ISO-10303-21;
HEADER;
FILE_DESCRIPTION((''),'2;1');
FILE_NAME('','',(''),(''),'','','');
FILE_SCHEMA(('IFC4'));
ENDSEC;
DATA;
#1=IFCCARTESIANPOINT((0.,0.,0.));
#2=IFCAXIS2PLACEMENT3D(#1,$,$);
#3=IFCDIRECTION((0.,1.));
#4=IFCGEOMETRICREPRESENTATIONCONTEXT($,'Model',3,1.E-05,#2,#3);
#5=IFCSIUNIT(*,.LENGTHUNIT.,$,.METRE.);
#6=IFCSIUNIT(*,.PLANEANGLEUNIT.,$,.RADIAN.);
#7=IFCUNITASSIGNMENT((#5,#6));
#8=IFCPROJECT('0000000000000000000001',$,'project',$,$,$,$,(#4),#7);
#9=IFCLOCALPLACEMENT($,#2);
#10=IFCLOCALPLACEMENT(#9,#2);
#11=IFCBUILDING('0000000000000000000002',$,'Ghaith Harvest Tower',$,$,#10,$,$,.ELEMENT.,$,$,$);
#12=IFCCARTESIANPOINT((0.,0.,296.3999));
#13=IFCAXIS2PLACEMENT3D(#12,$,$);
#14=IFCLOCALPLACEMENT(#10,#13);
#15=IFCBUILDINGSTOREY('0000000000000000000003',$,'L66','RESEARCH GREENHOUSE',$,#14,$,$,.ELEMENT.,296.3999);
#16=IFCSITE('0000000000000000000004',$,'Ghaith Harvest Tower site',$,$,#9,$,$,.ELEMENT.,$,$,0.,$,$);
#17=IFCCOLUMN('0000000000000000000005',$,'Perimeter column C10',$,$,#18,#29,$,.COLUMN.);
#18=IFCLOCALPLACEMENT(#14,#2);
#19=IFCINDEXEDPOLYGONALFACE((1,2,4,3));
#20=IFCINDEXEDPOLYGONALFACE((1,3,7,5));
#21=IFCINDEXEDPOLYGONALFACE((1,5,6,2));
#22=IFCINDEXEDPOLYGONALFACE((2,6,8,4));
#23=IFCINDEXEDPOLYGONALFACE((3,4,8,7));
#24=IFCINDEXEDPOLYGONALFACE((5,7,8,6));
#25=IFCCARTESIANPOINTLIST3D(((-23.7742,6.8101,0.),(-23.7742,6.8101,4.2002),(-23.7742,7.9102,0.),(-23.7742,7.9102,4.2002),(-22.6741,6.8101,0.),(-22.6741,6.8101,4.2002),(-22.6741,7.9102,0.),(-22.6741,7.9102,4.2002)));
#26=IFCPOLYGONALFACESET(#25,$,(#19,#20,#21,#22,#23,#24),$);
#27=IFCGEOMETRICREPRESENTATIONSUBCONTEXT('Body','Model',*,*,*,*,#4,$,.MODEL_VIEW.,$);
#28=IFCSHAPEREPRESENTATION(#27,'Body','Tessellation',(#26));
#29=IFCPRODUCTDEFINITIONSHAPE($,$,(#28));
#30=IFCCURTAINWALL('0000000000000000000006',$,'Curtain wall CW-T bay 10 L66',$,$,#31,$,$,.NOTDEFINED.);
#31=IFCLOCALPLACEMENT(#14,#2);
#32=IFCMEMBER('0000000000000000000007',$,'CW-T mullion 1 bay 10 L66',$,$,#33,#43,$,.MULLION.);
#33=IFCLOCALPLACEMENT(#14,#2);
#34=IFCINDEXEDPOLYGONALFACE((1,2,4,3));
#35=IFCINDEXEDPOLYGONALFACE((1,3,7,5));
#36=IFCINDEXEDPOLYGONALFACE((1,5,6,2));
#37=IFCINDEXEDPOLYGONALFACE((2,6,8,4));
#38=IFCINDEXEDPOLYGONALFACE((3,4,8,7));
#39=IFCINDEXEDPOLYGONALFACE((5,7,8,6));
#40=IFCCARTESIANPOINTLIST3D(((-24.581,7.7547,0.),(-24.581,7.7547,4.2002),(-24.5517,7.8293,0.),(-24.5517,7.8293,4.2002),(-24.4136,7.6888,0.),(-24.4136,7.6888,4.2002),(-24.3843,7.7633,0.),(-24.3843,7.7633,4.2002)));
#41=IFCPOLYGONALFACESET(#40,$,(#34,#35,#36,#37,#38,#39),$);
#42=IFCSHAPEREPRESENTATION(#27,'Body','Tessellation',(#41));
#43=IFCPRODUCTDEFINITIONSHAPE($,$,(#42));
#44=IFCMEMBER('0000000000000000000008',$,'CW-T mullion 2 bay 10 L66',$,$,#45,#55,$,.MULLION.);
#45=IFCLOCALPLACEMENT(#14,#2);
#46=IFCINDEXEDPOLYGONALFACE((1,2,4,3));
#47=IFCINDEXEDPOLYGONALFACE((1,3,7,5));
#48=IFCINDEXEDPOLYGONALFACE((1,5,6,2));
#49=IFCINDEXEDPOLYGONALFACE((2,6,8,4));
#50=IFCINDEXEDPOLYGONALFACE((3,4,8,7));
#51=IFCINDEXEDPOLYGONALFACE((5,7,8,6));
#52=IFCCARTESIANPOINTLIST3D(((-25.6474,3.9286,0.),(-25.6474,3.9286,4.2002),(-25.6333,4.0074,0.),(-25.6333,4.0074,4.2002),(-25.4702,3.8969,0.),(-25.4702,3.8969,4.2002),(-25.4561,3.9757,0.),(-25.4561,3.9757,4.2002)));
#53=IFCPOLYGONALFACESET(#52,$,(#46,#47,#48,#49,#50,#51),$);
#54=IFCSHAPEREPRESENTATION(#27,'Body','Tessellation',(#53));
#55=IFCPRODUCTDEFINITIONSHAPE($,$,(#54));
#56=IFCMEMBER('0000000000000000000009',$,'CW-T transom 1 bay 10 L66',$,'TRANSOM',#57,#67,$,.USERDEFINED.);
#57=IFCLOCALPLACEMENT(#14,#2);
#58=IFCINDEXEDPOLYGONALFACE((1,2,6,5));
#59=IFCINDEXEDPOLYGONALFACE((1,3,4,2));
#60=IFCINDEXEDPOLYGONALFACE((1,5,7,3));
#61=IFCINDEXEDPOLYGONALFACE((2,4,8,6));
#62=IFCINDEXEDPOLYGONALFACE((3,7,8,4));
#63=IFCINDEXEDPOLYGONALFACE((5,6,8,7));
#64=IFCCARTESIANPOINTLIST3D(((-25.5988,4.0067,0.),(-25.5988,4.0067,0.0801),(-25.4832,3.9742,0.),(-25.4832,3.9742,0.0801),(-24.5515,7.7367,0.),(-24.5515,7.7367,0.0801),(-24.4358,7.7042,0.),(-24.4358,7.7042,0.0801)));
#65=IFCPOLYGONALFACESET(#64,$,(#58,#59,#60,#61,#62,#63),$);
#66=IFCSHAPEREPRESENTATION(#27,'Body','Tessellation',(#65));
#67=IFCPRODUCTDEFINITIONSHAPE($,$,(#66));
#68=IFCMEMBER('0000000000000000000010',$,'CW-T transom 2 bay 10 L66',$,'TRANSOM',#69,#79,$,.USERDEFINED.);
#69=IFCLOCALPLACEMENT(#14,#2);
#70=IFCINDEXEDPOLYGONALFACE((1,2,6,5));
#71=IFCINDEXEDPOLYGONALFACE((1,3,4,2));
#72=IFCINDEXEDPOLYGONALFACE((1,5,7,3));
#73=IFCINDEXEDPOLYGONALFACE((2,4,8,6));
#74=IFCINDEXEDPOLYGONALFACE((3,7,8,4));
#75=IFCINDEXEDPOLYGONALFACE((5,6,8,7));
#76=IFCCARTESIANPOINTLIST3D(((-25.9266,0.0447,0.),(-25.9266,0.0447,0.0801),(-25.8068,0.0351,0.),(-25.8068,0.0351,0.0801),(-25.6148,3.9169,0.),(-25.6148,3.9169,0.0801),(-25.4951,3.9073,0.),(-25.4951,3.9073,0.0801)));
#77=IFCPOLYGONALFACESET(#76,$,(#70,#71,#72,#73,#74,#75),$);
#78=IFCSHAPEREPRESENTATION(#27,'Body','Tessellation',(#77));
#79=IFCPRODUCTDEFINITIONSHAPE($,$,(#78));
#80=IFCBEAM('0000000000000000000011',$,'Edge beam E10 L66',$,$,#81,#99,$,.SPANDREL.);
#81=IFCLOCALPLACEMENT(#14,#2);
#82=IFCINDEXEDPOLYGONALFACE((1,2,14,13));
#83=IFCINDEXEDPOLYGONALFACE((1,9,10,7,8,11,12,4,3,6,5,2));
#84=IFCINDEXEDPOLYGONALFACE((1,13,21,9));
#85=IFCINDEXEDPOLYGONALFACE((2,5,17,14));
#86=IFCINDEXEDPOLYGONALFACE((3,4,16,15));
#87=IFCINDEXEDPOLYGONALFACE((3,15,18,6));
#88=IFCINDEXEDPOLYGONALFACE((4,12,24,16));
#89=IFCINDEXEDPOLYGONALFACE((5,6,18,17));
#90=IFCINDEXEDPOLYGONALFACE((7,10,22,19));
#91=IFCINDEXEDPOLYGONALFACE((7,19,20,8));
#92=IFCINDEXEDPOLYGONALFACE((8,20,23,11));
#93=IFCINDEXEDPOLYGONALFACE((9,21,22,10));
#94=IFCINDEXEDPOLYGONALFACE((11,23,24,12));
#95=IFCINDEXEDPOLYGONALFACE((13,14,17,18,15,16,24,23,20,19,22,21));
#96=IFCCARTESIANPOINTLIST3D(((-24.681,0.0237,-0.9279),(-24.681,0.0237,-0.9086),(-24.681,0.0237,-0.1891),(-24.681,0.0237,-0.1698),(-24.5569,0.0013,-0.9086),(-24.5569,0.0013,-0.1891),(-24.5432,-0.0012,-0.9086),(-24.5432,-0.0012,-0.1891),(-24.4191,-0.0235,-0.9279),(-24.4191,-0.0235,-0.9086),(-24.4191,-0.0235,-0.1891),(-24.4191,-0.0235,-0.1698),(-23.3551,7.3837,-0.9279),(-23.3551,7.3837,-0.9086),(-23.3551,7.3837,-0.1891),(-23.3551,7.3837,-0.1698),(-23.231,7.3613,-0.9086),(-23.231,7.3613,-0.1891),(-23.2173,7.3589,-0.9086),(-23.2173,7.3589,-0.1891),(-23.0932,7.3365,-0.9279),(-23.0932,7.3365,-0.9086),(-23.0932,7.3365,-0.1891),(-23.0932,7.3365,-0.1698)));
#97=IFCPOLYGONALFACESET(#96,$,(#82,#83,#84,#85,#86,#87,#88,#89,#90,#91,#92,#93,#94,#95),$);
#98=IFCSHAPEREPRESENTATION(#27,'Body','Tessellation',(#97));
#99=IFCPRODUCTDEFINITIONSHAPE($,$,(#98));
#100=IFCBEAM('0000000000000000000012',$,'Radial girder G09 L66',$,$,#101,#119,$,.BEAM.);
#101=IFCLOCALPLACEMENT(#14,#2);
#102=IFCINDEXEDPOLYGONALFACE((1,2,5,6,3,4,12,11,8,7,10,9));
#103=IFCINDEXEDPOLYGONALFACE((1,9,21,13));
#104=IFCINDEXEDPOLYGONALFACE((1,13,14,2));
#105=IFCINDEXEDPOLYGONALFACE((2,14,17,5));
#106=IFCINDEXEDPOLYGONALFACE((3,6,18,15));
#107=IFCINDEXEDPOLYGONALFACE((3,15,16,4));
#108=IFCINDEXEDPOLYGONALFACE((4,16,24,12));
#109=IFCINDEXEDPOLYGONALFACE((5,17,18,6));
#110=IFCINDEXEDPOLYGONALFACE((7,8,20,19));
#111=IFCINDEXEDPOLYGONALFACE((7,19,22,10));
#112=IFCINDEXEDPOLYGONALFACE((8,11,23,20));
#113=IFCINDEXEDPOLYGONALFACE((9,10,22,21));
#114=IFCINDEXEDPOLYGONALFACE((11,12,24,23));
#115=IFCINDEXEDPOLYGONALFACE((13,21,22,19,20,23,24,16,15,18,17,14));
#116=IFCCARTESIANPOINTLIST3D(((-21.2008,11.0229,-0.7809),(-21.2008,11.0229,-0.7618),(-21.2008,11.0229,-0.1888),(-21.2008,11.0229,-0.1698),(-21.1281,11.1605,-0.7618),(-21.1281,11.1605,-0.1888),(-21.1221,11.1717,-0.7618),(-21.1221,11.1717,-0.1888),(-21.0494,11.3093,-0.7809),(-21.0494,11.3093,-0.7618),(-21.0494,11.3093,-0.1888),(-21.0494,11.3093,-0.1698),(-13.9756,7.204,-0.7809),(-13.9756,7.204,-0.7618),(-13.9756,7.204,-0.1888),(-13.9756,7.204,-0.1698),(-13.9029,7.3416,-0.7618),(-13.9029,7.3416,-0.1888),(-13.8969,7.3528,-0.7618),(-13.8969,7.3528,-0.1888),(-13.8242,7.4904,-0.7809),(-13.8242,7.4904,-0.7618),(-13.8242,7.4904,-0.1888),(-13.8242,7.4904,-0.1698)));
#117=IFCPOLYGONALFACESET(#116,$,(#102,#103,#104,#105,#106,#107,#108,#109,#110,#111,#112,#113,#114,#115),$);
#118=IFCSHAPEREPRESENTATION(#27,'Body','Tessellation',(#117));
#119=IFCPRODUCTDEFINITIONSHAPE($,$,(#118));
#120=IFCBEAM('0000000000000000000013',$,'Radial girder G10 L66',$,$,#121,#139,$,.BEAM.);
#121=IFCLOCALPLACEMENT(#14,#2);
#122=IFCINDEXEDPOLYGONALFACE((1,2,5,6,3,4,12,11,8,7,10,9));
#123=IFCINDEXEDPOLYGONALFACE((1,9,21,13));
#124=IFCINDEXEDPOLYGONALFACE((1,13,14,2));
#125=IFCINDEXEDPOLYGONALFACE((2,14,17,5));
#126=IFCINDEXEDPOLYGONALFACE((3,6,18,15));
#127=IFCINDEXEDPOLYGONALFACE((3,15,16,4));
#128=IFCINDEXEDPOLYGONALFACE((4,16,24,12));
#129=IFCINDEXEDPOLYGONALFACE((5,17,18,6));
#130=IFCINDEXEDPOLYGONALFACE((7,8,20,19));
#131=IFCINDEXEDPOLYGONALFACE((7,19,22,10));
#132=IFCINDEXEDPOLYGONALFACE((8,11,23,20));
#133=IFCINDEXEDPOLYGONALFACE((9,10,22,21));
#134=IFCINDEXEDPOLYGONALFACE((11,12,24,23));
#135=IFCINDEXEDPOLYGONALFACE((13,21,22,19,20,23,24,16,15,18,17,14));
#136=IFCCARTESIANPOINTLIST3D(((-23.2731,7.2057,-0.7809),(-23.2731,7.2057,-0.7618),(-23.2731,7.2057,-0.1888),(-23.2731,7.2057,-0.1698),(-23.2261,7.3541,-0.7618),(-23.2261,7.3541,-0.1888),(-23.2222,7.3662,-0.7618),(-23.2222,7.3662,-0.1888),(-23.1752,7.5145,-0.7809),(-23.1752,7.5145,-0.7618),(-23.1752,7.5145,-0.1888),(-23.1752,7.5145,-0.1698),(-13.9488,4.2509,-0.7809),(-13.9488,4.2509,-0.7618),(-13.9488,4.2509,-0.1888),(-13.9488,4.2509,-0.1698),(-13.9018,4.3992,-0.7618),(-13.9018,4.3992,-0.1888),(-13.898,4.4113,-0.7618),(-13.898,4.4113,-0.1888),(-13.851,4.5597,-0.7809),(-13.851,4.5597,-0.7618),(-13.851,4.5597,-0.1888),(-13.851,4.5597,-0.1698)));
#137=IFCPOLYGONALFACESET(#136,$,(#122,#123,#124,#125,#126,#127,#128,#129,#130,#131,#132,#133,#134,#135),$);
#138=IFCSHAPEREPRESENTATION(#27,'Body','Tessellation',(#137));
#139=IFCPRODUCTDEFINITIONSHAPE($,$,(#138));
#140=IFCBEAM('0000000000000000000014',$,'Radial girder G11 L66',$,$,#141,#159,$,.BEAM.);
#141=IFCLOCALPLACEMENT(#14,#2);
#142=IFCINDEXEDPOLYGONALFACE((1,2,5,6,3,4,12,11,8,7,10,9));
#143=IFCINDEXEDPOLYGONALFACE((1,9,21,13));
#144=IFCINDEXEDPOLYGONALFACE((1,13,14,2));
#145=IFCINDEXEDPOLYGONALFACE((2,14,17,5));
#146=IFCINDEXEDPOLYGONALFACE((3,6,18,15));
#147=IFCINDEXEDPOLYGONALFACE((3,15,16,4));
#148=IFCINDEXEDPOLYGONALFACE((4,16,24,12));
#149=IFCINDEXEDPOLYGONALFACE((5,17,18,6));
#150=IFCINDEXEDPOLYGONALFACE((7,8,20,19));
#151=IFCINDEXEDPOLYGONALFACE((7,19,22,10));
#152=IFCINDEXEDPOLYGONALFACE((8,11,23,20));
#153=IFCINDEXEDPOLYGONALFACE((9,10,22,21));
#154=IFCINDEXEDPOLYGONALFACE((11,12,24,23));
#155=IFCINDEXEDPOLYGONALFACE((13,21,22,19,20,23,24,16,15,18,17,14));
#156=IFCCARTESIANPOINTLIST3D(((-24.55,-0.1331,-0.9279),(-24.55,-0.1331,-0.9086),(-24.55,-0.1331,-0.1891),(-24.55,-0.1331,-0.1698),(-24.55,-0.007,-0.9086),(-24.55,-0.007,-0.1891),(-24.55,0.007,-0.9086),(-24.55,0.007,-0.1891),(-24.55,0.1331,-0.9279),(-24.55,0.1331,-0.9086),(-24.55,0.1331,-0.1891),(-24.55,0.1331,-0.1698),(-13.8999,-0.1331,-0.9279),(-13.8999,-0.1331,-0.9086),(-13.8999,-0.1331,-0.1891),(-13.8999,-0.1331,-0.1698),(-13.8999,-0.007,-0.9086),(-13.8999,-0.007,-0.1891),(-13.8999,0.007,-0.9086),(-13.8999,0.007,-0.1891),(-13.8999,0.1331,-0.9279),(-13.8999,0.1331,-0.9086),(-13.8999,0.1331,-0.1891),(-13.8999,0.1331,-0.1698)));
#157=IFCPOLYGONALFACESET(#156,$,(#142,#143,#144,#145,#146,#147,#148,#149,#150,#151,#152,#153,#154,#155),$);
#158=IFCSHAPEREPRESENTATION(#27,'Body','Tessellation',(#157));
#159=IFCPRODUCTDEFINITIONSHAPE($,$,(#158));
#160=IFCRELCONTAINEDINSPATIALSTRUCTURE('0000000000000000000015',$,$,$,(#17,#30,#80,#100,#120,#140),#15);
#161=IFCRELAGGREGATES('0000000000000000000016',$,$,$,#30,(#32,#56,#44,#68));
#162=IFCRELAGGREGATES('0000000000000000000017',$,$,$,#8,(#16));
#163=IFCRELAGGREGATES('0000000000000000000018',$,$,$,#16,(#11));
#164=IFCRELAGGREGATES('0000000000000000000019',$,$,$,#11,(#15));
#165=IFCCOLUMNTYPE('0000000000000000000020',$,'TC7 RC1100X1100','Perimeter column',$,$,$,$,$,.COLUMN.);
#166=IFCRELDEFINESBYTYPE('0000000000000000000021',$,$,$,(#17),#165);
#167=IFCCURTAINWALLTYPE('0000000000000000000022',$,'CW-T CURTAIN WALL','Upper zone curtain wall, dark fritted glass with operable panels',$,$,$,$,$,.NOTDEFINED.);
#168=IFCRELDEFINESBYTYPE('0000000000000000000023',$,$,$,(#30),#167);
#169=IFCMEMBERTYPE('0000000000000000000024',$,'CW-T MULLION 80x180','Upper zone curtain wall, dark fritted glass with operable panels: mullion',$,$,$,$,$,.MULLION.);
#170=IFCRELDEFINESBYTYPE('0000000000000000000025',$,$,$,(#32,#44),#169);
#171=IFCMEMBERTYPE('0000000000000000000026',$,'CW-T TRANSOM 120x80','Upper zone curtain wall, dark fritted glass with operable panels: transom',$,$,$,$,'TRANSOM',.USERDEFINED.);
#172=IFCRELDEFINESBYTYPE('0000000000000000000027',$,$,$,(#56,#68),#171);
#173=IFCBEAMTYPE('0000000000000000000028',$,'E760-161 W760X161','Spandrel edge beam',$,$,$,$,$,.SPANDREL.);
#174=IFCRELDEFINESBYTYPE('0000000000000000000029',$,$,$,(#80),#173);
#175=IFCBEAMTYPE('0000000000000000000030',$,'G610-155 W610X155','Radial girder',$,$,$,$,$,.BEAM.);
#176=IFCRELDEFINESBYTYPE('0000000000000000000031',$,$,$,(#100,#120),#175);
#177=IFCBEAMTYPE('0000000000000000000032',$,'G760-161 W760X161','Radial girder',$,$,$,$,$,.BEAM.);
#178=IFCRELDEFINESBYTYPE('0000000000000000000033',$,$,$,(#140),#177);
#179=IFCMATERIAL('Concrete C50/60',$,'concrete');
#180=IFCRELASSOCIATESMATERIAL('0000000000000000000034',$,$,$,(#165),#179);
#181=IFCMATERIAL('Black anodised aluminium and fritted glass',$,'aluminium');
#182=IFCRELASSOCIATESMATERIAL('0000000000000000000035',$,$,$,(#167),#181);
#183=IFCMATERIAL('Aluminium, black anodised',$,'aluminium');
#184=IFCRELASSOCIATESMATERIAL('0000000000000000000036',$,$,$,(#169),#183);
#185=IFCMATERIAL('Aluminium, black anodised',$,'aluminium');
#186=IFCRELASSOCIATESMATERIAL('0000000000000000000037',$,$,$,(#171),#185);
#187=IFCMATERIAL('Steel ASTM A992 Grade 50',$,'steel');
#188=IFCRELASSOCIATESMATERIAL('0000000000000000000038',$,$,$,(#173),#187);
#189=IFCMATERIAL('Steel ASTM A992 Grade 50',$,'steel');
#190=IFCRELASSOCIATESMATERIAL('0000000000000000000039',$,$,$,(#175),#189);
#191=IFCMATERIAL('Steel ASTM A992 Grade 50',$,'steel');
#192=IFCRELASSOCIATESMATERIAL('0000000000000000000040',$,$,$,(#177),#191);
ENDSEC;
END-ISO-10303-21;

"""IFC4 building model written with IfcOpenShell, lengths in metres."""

from ifc_helpers import new_model, si_unit, direction, frame, origin, origin_2d, place, context, subcontext, project, spatial, rectangle, i_section, extrude, material, material_profile, profile_set, type_object, element, aggregate, save


model = new_model("IFC4")

# Units and contexts
model_context = context("Model", 3, precision=1e-05, world=origin(), true_north=direction((0.0, 1.0)))
body_context = subcontext(model_context, "Body", "Model", "MODEL_VIEW")
ifc_project = project(units=[si_unit("LENGTHUNIT", "METRE"), si_unit("PLANEANGLEUNIT", "RADIAN")], contexts=[model_context])

# Site, building, storey
site_placement = place(None, origin())
site = spatial("IfcSite", under=ifc_project, at=site_placement, Name="Ghaith Harvest Tower site", CompositionType="ELEMENT", RefElevation=0.0)
building_placement = place(site_placement, origin())
building = spatial("IfcBuilding", under=site, at=building_placement, Name="Ghaith Harvest Tower", CompositionType="ELEMENT")
storey_placement = place(building_placement, frame((0.0, 0.0, 296.3999)))
storey = spatial("IfcBuildingStorey", under=building, at=storey_placement, Name="L66", Description="RESEARCH GREENHOUSE", CompositionType="ELEMENT", Elevation=296.3999)

# Column
ifc_material_1 = material(Name="Concrete C50/60", Category="concrete")
ifc_material_profile_1 = material_profile(ifc_material_1, rectangle(XDim=1.1001, YDim=1.1001, at=origin_2d()), Name="RC1100X1100")
ifc_profile_set_1 = profile_set([ifc_material_profile_1], Name="Concrete C50/60")
column_type = type_object("IfcColumnType", Name="TC7 RC1100X1100", Description="Perimeter column", PredefinedType="COLUMN", material=ifc_profile_set_1)
column_placement = place(storey_placement, frame((-23.2241, 7.3601, 0.0), z_axis=(0.0, 0.0, 1.0), x_axis=(1.0, 0.0, 0.0)))
element("IfcColumn", 1, at=column_placement, inside=storey, type_object=column_type, Name="Perimeter column C10", PredefinedType="COLUMN", context=body_context, shape_type="SweptSolid", body=[
    extrude(rectangle(XDim=1.1001, YDim=1.1001, at=origin_2d()), origin(), (0.0, 0.0, 1.0), 4.2002),
])

# Curtain wall, members
ifc_material_2 = material(Name="Black anodised aluminium and fritted glass", Category="aluminium")
curtain_wall_type = type_object("IfcCurtainWallType", Name="CW-T CURTAIN WALL", Description="Upper zone curtain wall, dark fritted glass with operable panels", PredefinedType="NOTDEFINED", material=ifc_material_2)
curtain_wall_placement = place(storey_placement, origin())
curtain_wall = element("IfcCurtainWall", 2, at=curtain_wall_placement, inside=storey, type_object=curtain_wall_type, Name="Curtain wall CW-T bay 10 L66", PredefinedType="NOTDEFINED")
ifc_material_3 = material(Name="Aluminium, black anodised", Category="aluminium")
ifc_material_profile_2 = material_profile(ifc_material_3, rectangle(XDim=0.0801, YDim=0.1799, at=origin_2d()), Name="CW-T MULLION 80x180")
ifc_profile_set_2 = profile_set([ifc_material_profile_2], Name="Aluminium, black anodised")
member_type_1 = type_object("IfcMemberType", Name="CW-T MULLION 80x180", Description="Upper zone curtain wall, dark fritted glass with operable panels: mullion", PredefinedType="MULLION", material=ifc_profile_set_2)
member_1_placement = place(storey_placement, frame((-24.4827, 7.759, 0.0), z_axis=(0.0, 0.0, 1.0), x_axis=(-0.366473, -0.930429, 0.0)))
member_1 = element("IfcMember", 3, at=member_1_placement, type_object=member_type_1, Name="CW-T mullion 1 bay 10 L66", PredefinedType="MULLION", context=body_context, shape_type="SweptSolid", body=[
    extrude(rectangle(XDim=0.0801, YDim=0.1799, at=origin_2d()), origin(), (0.0, 0.0, 1.0), 4.2002),
])
member_2_placement = place(storey_placement, frame((-25.5518, 3.9521, 0.0), z_axis=(0.0, 0.0, 1.0), x_axis=(-0.176001, -0.98439, 0.0)))
member_2 = element("IfcMember", 4, at=member_2_placement, type_object=member_type_1, Name="CW-T mullion 2 bay 10 L66", PredefinedType="MULLION", context=body_context, shape_type="SweptSolid", body=[
    extrude(rectangle(XDim=0.0801, YDim=0.1799, at=origin_2d()), origin(), (0.0, 0.0, 1.0), 4.2002),
])
ifc_material_4 = material(Name="Aluminium, black anodised", Category="aluminium")
ifc_material_profile_3 = material_profile(ifc_material_4, rectangle(XDim=0.1201, YDim=0.0801, at=origin_2d()), Name="CW-T TRANSOM 120x80")
ifc_profile_set_3 = profile_set([ifc_material_profile_3], Name="Aluminium, black anodised")
member_type_2 = type_object("IfcMemberType", Name="CW-T TRANSOM 120x80", Description="Upper zone curtain wall, dark fritted glass with operable panels: transom", ElementType="TRANSOM", PredefinedType="USERDEFINED", material=ifc_profile_set_3)
member_3_placement = place(storey_placement, frame((-24.4937, 7.7205, 0.04), z_axis=(-0.27034, -0.962765, 0.0), x_axis=(0.962765, -0.27034, 0.0)))
member_3 = element("IfcMember", 5, at=member_3_placement, type_object=member_type_2, Name="CW-T transom 1 bay 10 L66", ObjectType="TRANSOM", PredefinedType="USERDEFINED", context=body_context, shape_type="SweptSolid", body=[
    extrude(rectangle(XDim=0.1201, YDim=0.0801, at=origin_2d()), origin(), (0.0, 0.0, 1.0), 3.8743),
])
member_4_placement = place(storey_placement, frame((-25.5549, 3.9121, 0.04), z_axis=(-0.080252, -0.996775, 0.0), x_axis=(0.996775, -0.080252, 0.0)))
member_4 = element("IfcMember", 6, at=member_4_placement, type_object=member_type_2, Name="CW-T transom 2 bay 10 L66", ObjectType="TRANSOM", PredefinedType="USERDEFINED", context=body_context, shape_type="SweptSolid", body=[
    extrude(rectangle(XDim=0.1201, YDim=0.0801, at=origin_2d()), origin(), (0.0, 0.0, 1.0), 3.8848),
])

# Beams
ifc_material_5 = material(Name="Steel ASTM A992 Grade 50", Category="steel")
ifc_material_profile_4 = material_profile(ifc_material_5, i_section(OverallWidth=0.2661, OverallDepth=0.7581, WebThickness=0.0139, FlangeThickness=0.0193, at=origin_2d()), Name="W760X161")
ifc_profile_set_4 = profile_set([ifc_material_profile_4], Name="Steel ASTM A992 Grade 50")
beam_type_1 = type_object("IfcBeamType", Name="E760-161 W760X161", Description="Spandrel edge beam", PredefinedType="SPANDREL", material=ifc_profile_set_4)
beam_1_placement = place(storey_placement, frame((-23.2241, 7.3601, -0.5488), z_axis=(-0.177297, -0.984157, 0.0), x_axis=(0.984157, -0.177297, 0.0)))
element("IfcBeam", 7, at=beam_1_placement, inside=storey, type_object=beam_type_1, Name="Edge beam E10 L66", PredefinedType="SPANDREL", context=body_context, shape_type="SweptSolid", body=[
    extrude(i_section(OverallWidth=0.2661, OverallDepth=0.7581, WebThickness=0.0139, FlangeThickness=0.0193, at=origin_2d()), origin(), (0.0, 0.0, 1.0), 7.4785),
])
ifc_material_6 = material(Name="Steel ASTM A992 Grade 50", Category="steel")
ifc_material_profile_5 = material_profile(ifc_material_6, i_section(OverallWidth=0.324, OverallDepth=0.6111, WebThickness=0.0127, FlangeThickness=0.019, at=origin_2d()), Name="W610X155")
ifc_profile_set_5 = profile_set([ifc_material_profile_5], Name="Steel ASTM A992 Grade 50")
beam_type_2 = type_object("IfcBeamType", Name="G610-155 W610X155", Description="Radial girder", PredefinedType="BEAM", material=ifc_profile_set_5)
beam_2_placement = place(storey_placement, frame((-13.8999, 7.3472, -0.4753), z_axis=(-0.884102, 0.467295, 0.0), x_axis=(-0.467295, -0.884102, 0.0)))
element("IfcBeam", 8, at=beam_2_placement, inside=storey, type_object=beam_type_2, Name="Radial girder G09 L66", PredefinedType="BEAM", context=body_context, shape_type="SweptSolid", body=[
    extrude(i_section(OverallWidth=0.324, OverallDepth=0.6111, WebThickness=0.0127, FlangeThickness=0.019, at=origin_2d()), origin(), (0.0, 0.0, 1.0), 8.1724),
])
beam_3_placement = place(storey_placement, frame((-13.8999, 4.4053, -0.4753), z_axis=(-0.953279, 0.302093, 0.0), x_axis=(-0.302093, -0.953279, 0.0)))
element("IfcBeam", 9, at=beam_3_placement, inside=storey, type_object=beam_type_2, Name="Radial girder G10 L66", PredefinedType="BEAM", context=body_context, shape_type="SweptSolid", body=[
    extrude(i_section(OverallWidth=0.324, OverallDepth=0.6111, WebThickness=0.0127, FlangeThickness=0.019, at=origin_2d()), origin(), (0.0, 0.0, 1.0), 9.7812),
])
ifc_material_7 = material(Name="Steel ASTM A992 Grade 50", Category="steel")
ifc_material_profile_6 = material_profile(ifc_material_7, i_section(OverallWidth=0.2661, OverallDepth=0.7581, WebThickness=0.0139, FlangeThickness=0.0193, at=origin_2d()), Name="W760X161")
ifc_profile_set_6 = profile_set([ifc_material_profile_6], Name="Steel ASTM A992 Grade 50")
beam_type_3 = type_object("IfcBeamType", Name="G760-161 W760X161", Description="Radial girder", PredefinedType="BEAM", material=ifc_profile_set_6)
beam_4_placement = place(storey_placement, frame((-13.8999, 0.0, -0.5488), z_axis=(-1.0, 0.0, 0.0), x_axis=(0.0, -1.0, 0.0)))
element("IfcBeam", 10, at=beam_4_placement, inside=storey, type_object=beam_type_3, Name="Radial girder G11 L66", PredefinedType="BEAM", context=body_context, shape_type="SweptSolid", body=[
    extrude(i_section(OverallWidth=0.2661, OverallDepth=0.7581, WebThickness=0.0139, FlangeThickness=0.0193, at=origin_2d()), origin(), (0.0, 0.0, 1.0), 10.6501),
])

aggregate(curtain_wall, [member_1, member_3, member_2, member_4])

save(model, "model.ifc")
